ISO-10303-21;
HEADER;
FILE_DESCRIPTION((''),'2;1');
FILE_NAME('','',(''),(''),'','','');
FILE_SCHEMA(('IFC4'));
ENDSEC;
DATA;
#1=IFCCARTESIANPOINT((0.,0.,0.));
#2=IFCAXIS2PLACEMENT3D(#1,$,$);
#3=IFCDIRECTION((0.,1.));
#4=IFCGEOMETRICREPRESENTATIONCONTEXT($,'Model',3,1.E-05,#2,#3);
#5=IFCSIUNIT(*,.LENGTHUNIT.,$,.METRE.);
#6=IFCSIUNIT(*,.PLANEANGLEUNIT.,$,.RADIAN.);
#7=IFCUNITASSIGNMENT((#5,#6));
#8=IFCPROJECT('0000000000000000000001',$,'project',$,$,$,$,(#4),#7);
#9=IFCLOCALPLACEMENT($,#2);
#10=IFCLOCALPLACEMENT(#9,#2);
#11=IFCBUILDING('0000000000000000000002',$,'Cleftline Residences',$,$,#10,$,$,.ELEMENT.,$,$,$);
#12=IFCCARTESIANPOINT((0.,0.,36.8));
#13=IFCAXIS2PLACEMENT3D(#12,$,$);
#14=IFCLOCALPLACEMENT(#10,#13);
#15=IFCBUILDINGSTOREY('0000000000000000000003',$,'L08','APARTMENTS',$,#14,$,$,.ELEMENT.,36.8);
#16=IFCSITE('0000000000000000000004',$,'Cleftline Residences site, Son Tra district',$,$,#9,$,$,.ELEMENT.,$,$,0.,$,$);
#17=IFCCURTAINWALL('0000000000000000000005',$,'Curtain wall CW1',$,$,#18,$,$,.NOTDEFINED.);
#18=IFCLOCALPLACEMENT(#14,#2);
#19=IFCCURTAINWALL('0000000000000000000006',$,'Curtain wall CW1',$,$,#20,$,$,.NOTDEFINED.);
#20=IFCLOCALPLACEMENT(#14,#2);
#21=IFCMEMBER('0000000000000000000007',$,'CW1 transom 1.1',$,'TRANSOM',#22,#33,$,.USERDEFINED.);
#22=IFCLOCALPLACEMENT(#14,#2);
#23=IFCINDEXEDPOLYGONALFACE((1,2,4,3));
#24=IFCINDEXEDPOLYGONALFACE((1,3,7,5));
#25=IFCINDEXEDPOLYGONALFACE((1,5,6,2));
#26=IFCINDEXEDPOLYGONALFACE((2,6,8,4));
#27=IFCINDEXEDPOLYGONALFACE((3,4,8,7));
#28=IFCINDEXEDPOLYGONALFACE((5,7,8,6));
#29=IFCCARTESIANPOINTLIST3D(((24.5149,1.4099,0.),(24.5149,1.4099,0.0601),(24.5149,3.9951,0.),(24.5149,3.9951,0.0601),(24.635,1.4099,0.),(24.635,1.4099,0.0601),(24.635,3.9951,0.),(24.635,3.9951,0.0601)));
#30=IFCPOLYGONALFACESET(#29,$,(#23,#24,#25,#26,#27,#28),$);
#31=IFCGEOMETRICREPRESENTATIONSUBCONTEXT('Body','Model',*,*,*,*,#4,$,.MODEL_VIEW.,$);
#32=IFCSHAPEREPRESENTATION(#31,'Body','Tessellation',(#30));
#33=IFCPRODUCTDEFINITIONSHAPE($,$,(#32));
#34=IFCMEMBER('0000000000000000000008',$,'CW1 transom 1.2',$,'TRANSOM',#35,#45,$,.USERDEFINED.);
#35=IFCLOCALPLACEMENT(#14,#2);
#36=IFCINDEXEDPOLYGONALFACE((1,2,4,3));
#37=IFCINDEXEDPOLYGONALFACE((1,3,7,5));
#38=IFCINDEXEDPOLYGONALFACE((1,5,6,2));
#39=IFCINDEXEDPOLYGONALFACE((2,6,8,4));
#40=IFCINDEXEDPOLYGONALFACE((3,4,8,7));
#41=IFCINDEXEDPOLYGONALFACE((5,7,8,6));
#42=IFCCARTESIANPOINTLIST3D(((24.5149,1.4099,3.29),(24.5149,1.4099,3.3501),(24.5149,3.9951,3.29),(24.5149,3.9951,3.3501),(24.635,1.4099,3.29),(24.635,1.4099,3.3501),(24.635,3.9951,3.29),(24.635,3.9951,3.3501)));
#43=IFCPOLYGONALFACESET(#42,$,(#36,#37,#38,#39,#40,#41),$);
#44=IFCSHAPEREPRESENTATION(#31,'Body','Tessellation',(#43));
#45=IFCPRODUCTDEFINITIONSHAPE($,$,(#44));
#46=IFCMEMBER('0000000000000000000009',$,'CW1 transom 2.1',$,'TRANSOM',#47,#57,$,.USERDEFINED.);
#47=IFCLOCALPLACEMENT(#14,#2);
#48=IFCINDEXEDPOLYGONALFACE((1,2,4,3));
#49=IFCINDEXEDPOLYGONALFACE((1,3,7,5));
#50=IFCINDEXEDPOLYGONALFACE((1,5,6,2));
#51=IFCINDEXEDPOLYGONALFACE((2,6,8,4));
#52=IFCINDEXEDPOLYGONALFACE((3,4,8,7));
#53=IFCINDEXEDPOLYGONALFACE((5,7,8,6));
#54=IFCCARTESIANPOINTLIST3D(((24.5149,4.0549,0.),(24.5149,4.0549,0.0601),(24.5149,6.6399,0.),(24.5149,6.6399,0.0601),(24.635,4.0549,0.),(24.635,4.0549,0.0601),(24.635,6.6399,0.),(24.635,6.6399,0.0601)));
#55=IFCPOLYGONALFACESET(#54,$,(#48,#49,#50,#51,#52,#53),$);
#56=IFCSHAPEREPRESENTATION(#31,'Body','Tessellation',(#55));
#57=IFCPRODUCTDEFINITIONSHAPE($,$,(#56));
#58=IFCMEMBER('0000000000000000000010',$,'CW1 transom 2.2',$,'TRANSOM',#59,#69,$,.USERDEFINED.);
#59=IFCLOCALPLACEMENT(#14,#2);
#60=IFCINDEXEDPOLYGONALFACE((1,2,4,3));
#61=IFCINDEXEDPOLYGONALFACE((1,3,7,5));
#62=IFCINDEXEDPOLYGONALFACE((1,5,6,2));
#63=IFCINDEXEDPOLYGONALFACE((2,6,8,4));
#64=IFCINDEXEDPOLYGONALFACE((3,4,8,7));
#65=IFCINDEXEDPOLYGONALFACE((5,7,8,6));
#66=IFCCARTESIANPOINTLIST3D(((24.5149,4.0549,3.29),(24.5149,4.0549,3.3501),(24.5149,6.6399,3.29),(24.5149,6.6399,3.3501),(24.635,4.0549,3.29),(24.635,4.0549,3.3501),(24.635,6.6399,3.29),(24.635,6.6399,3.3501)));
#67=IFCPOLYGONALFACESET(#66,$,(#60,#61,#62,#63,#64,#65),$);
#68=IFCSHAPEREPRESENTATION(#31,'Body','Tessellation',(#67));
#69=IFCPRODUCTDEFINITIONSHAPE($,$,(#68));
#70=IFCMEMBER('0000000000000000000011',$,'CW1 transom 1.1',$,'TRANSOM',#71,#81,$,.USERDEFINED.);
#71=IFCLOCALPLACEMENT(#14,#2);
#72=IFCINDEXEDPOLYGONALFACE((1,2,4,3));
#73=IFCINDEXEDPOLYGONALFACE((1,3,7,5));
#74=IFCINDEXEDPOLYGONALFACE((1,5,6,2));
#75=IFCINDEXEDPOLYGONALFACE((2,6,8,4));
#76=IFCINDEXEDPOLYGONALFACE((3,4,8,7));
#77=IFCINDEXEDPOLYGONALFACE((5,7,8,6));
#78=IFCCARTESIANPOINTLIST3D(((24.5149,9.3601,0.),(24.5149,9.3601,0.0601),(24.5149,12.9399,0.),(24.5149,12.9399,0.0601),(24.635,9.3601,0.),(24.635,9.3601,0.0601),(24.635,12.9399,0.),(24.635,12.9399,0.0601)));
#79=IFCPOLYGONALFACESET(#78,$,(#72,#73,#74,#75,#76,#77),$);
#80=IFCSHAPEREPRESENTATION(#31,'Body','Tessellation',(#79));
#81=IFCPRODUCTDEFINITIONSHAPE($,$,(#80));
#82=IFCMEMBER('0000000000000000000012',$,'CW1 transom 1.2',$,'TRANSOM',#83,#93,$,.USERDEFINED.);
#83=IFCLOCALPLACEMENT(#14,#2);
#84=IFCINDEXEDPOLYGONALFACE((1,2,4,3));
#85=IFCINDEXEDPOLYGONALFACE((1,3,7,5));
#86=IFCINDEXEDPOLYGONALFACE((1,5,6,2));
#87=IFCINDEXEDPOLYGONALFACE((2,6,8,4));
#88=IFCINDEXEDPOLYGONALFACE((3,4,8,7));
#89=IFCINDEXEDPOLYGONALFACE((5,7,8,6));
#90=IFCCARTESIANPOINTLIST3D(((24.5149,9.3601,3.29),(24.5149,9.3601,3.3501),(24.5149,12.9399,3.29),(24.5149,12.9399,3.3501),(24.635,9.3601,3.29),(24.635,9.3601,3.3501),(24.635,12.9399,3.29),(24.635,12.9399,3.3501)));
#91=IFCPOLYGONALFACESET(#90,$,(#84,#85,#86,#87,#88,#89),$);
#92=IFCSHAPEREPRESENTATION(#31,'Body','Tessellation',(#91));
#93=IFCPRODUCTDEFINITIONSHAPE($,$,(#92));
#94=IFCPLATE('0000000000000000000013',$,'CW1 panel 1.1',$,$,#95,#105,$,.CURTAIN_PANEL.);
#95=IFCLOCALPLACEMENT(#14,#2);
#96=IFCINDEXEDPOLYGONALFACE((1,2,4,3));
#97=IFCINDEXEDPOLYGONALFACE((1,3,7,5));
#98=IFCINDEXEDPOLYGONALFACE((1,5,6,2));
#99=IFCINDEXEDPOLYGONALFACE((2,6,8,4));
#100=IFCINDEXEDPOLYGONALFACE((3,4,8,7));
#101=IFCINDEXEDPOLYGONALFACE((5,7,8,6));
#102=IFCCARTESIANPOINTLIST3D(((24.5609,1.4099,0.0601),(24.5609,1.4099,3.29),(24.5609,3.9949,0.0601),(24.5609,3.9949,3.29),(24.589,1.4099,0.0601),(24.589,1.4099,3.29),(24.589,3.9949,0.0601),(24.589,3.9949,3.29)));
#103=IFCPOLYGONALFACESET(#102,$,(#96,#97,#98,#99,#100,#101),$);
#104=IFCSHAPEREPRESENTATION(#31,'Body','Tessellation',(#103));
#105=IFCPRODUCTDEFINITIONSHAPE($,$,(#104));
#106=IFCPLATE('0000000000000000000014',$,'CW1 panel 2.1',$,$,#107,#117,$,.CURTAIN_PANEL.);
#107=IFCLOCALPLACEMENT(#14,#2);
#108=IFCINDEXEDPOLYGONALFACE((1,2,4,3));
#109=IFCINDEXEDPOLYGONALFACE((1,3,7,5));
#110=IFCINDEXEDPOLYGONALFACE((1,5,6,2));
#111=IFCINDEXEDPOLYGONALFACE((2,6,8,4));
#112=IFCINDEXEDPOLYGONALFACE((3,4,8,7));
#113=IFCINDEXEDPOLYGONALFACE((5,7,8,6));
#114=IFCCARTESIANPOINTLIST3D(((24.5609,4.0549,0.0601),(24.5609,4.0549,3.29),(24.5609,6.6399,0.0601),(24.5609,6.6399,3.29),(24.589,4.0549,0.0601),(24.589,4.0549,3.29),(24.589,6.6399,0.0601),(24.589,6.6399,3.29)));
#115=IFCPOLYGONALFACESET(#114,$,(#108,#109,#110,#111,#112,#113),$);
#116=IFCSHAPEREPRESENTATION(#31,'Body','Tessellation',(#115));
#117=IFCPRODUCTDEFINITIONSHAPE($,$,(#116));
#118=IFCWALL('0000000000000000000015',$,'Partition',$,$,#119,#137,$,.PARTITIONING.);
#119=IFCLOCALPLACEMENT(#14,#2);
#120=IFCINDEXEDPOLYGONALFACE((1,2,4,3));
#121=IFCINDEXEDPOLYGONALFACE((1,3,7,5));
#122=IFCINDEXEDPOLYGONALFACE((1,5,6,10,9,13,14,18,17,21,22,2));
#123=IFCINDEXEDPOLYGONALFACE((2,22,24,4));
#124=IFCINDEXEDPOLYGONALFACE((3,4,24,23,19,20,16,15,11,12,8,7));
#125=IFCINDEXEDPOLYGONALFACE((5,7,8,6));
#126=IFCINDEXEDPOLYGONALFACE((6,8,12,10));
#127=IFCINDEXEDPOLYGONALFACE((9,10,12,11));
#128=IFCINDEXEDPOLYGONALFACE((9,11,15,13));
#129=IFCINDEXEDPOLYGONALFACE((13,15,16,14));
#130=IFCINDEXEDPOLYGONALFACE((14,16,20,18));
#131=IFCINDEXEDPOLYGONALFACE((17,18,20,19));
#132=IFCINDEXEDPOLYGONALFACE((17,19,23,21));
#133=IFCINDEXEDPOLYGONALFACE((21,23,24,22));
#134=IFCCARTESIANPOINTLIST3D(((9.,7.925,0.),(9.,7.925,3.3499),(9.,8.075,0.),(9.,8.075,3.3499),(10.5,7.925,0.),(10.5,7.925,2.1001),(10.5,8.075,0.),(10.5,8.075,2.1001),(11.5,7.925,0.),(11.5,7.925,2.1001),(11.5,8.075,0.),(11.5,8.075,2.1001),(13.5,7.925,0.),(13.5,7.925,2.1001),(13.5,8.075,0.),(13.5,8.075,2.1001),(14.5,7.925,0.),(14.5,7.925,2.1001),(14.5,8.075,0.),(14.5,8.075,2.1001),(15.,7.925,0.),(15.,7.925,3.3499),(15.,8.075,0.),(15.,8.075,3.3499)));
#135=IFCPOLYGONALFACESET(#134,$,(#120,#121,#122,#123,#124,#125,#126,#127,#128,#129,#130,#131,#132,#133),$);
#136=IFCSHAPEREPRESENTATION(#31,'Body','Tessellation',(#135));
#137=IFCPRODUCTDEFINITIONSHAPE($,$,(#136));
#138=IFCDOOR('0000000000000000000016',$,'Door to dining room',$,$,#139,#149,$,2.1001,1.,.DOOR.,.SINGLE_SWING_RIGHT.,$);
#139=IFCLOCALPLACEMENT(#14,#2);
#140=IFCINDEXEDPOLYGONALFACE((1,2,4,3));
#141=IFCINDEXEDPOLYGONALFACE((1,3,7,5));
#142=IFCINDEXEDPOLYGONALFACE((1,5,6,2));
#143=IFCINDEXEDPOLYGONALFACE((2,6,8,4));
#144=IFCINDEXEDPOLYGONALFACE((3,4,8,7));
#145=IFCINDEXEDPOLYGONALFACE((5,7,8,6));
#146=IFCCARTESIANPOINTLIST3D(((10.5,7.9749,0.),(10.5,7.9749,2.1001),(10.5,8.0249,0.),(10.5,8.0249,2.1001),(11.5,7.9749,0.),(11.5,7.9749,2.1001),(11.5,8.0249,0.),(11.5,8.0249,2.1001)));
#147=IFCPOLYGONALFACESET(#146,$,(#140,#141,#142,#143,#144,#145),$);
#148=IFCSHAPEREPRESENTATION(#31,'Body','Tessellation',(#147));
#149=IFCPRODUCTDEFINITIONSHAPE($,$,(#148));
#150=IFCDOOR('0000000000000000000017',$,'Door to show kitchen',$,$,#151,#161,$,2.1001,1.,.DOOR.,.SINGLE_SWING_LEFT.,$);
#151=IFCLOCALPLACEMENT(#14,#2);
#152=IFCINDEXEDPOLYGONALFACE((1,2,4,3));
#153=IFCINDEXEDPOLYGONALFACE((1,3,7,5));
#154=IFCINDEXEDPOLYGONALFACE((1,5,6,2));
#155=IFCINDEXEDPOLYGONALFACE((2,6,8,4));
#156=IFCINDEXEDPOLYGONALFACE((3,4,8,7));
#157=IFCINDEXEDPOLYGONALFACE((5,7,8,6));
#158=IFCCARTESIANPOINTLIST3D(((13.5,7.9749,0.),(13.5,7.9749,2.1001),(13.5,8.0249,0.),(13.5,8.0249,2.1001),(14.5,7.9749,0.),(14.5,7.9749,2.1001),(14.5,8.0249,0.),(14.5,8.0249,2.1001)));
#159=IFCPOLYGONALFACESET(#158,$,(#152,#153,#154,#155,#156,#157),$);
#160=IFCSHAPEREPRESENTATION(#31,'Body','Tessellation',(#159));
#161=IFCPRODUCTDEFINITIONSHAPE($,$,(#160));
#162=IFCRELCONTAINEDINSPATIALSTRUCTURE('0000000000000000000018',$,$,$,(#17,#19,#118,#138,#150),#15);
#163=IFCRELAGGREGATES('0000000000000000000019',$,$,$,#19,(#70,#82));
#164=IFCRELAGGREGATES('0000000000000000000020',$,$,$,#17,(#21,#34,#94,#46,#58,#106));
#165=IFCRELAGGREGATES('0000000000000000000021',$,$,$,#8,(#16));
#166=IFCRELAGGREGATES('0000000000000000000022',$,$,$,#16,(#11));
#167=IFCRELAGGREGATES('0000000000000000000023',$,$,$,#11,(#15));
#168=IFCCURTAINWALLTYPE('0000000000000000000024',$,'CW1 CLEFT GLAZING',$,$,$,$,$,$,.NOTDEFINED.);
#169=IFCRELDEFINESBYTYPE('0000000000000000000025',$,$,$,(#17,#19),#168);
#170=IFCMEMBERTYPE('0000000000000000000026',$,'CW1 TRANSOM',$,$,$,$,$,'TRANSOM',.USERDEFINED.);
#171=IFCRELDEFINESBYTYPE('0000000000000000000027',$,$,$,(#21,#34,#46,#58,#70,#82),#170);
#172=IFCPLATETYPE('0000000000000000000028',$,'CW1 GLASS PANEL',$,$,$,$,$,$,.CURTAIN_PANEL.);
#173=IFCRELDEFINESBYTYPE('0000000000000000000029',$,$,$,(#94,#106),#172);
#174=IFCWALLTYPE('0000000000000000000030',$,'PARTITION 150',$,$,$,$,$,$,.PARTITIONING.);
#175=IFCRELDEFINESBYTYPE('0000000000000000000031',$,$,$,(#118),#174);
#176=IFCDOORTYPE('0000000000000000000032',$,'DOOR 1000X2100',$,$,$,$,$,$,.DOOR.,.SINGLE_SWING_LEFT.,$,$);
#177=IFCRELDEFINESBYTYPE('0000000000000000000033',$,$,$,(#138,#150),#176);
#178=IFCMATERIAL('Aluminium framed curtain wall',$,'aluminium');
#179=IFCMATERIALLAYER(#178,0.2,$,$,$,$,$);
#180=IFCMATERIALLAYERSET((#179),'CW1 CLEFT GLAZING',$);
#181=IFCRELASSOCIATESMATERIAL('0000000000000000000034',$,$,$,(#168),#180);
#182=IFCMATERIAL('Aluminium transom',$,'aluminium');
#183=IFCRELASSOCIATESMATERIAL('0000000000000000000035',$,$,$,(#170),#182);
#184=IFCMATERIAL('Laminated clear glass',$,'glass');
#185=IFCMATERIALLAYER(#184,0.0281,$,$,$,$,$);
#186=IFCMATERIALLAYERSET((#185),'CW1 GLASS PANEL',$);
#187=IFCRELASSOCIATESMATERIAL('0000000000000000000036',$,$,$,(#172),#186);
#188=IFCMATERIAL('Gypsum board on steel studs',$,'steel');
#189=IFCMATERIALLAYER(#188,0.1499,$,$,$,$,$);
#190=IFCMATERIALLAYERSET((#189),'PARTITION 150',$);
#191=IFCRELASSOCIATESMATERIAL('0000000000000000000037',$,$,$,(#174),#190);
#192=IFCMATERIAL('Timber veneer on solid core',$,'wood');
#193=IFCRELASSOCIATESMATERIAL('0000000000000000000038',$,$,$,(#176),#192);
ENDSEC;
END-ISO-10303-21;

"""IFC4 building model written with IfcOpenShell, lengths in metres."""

from ifc_helpers import new_model, si_unit, direction, frame, frame_2d, origin, origin_2d, place, context, subcontext, project, spatial, rectangle, extrude, material, layer, layer_set, material_profile, profile_set, type_object, element, fill, aggregate, save


model = new_model("IFC4")

# Units and contexts
model_context = context("Model", 3, precision=1e-05, world=origin(), true_north=direction((0.0, 1.0)))
body_context = subcontext(model_context, "Body", "Model", "MODEL_VIEW")
ifc_project = project(units=[si_unit("LENGTHUNIT", "METRE"), si_unit("PLANEANGLEUNIT", "RADIAN")], contexts=[model_context])

# Site, building, storey
site_placement = place(None, origin())
site = spatial("IfcSite", under=ifc_project, at=site_placement, Name="Cleftline Residences site, Son Tra district", CompositionType="ELEMENT", RefElevation=0.0)
building_placement = place(site_placement, origin())
building = spatial("IfcBuilding", under=site, at=building_placement, Name="Cleftline Residences", CompositionType="ELEMENT")
storey_placement = place(building_placement, frame((0.0, 0.0, 36.8)))
storey = spatial("IfcBuildingStorey", under=building, at=storey_placement, Name="L08", Description="APARTMENTS", CompositionType="ELEMENT", Elevation=36.8)

# Curtain wall
ifc_material_1 = material(Name="Aluminium framed curtain wall", Category="aluminium")
ifc_layer_1 = layer(ifc_material_1, 0.2)
ifc_layer_set_1 = layer_set([ifc_layer_1], Name="CW1 CLEFT GLAZING")
curtain_wall_type = type_object("IfcCurtainWallType", Name="CW1 CLEFT GLAZING", PredefinedType="NOTDEFINED", material=ifc_layer_set_1)
curtain_wall_1_placement = place(storey_placement, origin())
curtain_wall_1 = element("IfcCurtainWall", 1, at=curtain_wall_1_placement, inside=storey, type_object=curtain_wall_type, Name="Curtain wall CW1", PredefinedType="NOTDEFINED")

# Curtain wall
curtain_wall_2_placement = place(storey_placement, origin())
curtain_wall_2 = element("IfcCurtainWall", 2, at=curtain_wall_2_placement, inside=storey, type_object=curtain_wall_type, Name="Curtain wall CW1", PredefinedType="NOTDEFINED")

# Members
ifc_material_2 = material(Name="Aluminium transom", Category="aluminium")
ifc_material_profile_1 = material_profile(ifc_material_2, rectangle(XDim=0.1201, YDim=0.0601, at=origin_2d()))
ifc_profile_set_1 = profile_set([ifc_material_profile_1], Name="Aluminium transom")
member_type_1 = type_object("IfcMemberType", Name="CW1 TRANSOM", ElementType="TRANSOM", PredefinedType="USERDEFINED", material=ifc_profile_set_1)
member_1_placement = place(storey_placement, frame((24.575, 1.4099, 0.03), z_axis=(0.0, 1.0, 0.0), x_axis=(-1.0, 0.0, 0.0)))
member_1 = element("IfcMember", 3, at=member_1_placement, type_object=member_type_1, Name="CW1 transom 1.1", ObjectType="TRANSOM", PredefinedType="USERDEFINED", context=body_context, shape_type="SweptSolid", body=[
    extrude(rectangle(XDim=0.1201, YDim=0.0601, at=origin_2d()), origin(), (0.0, 0.0, 1.0), 2.5852),
])
member_2_placement = place(storey_placement, frame((24.575, 1.4099, 3.3201), z_axis=(0.0, 1.0, 0.0), x_axis=(-1.0, 0.0, 0.0)))
member_2 = element("IfcMember", 4, at=member_2_placement, type_object=member_type_1, Name="CW1 transom 1.2", ObjectType="TRANSOM", PredefinedType="USERDEFINED", context=body_context, shape_type="SweptSolid", body=[
    extrude(rectangle(XDim=0.1201, YDim=0.0601, at=origin_2d()), origin(), (0.0, 0.0, 1.0), 2.5852),
])
member_3_placement = place(storey_placement, frame((24.575, 4.0549, 0.03), z_axis=(0.0, 1.0, 0.0), x_axis=(-1.0, 0.0, 0.0)))
member_3 = element("IfcMember", 5, at=member_3_placement, type_object=member_type_1, Name="CW1 transom 2.1", ObjectType="TRANSOM", PredefinedType="USERDEFINED", context=body_context, shape_type="SweptSolid", body=[
    extrude(rectangle(XDim=0.1201, YDim=0.0601, at=origin_2d()), origin(), (0.0, 0.0, 1.0), 2.585),
])
member_4_placement = place(storey_placement, frame((24.575, 4.0549, 3.3201), z_axis=(0.0, 1.0, 0.0), x_axis=(-1.0, 0.0, 0.0)))
member_4 = element("IfcMember", 6, at=member_4_placement, type_object=member_type_1, Name="CW1 transom 2.2", ObjectType="TRANSOM", PredefinedType="USERDEFINED", context=body_context, shape_type="SweptSolid", body=[
    extrude(rectangle(XDim=0.1201, YDim=0.0601, at=origin_2d()), origin(), (0.0, 0.0, 1.0), 2.585),
])
member_5_placement = place(storey_placement, frame((24.575, 9.3601, 0.03), z_axis=(0.0, 1.0, 0.0), x_axis=(-1.0, 0.0, 0.0)))
member_5 = element("IfcMember", 7, at=member_5_placement, type_object=member_type_1, Name="CW1 transom 1.1", ObjectType="TRANSOM", PredefinedType="USERDEFINED", context=body_context, shape_type="SweptSolid", body=[
    extrude(rectangle(XDim=0.1201, YDim=0.0601, at=origin_2d()), origin(), (0.0, 0.0, 1.0), 3.5798),
])
member_6_placement = place(storey_placement, frame((24.575, 9.3601, 3.3201), z_axis=(0.0, 1.0, 0.0), x_axis=(-1.0, 0.0, 0.0)))
member_6 = element("IfcMember", 8, at=member_6_placement, type_object=member_type_1, Name="CW1 transom 1.2", ObjectType="TRANSOM", PredefinedType="USERDEFINED", context=body_context, shape_type="SweptSolid", body=[
    extrude(rectangle(XDim=0.1201, YDim=0.0601, at=origin_2d()), origin(), (0.0, 0.0, 1.0), 3.5798),
])
aggregate(curtain_wall_2, [member_5, member_6])

# Plates
ifc_material_3 = material(Name="Laminated clear glass", Category="glass")
ifc_layer_2 = layer(ifc_material_3, 0.0281)
ifc_layer_set_2 = layer_set([ifc_layer_2], Name="CW1 GLASS PANEL")
plate_type = type_object("IfcPlateType", Name="CW1 GLASS PANEL", PredefinedType="CURTAIN_PANEL", material=ifc_layer_set_2)
plate_1_placement = place(storey_placement, frame((24.575, 2.7024, 0.0601), z_axis=(0.0, 0.0, 1.0), x_axis=(0.0, 1.0, 0.0)))
plate_1 = element("IfcPlate", 9, at=plate_1_placement, type_object=plate_type, Name="CW1 panel 1.1", PredefinedType="CURTAIN_PANEL", context=body_context, shape_type="SweptSolid", body=[
    extrude(rectangle(XDim=2.585, YDim=0.0281, at=origin_2d()), origin(), (0.0, 0.0, 1.0), 3.23),
])
plate_2_placement = place(storey_placement, frame((24.575, 5.3474, 0.0601), z_axis=(0.0, 0.0, 1.0), x_axis=(0.0, 1.0, 0.0)))
plate_2 = element("IfcPlate", 10, at=plate_2_placement, type_object=plate_type, Name="CW1 panel 2.1", PredefinedType="CURTAIN_PANEL", context=body_context, shape_type="SweptSolid", body=[
    extrude(rectangle(XDim=2.585, YDim=0.0281, at=origin_2d()), origin(), (0.0, 0.0, 1.0), 3.23),
])
aggregate(curtain_wall_1, [member_1, member_2, plate_1, member_3, member_4, plate_2])

# Wall, openings, doors
ifc_material_4 = material(Name="Gypsum board on steel studs", Category="steel")
ifc_layer_3 = layer(ifc_material_4, 0.1499)
ifc_layer_set_3 = layer_set([ifc_layer_3], Name="PARTITION 150")
wall_type = type_object("IfcWallType", Name="PARTITION 150", PredefinedType="PARTITIONING", material=ifc_layer_set_3)
wall_1_placement = place(storey_placement, frame((9.0, 8.0, 0.0), z_axis=(0.0, 0.0, 1.0), x_axis=(1.0, 0.0, 0.0)))
wall_1 = element("IfcWall", 11, at=wall_1_placement, inside=storey, type_object=wall_type, Name="Partition", PredefinedType="PARTITIONING", context=body_context, shape_type="SweptSolid", body=[
    extrude(rectangle(XDim=6.0, YDim=0.1499, at=frame_2d((3.0, 0.0))), origin(), (0.0, 0.0, 1.0), 3.3499),
])
opening_1_placement = place(wall_1_placement, frame((1.5, 0.0, 0.0)))
opening_1 = element("IfcOpeningElement", 12, at=opening_1_placement, cuts=wall_1, PredefinedType="OPENING", context=body_context, shape_type="SweptSolid", body=[
    extrude(rectangle(XDim=1.0, YDim=2.1001, at=frame_2d((0.5, 1.05))), frame((0.0, 0.085, 0.0), z_axis=(0.0, -1.0, 0.0), x_axis=(1.0, 0.0, 0.0)), (0.0, 0.0, 1.0), 0.1699),
])
opening_2_placement = place(wall_1_placement, frame((4.5, 0.0, 0.0)))
opening_2 = element("IfcOpeningElement", 13, at=opening_2_placement, cuts=wall_1, PredefinedType="OPENING", context=body_context, shape_type="SweptSolid", body=[
    extrude(rectangle(XDim=1.0, YDim=2.1001, at=frame_2d((0.5, 1.05))), frame((0.0, 0.085, 0.0), z_axis=(0.0, -1.0, 0.0), x_axis=(1.0, 0.0, 0.0)), (0.0, 0.0, 1.0), 0.1699),
])
ifc_material_5 = material(Name="Timber veneer on solid core", Category="wood")
door_type_1 = type_object("IfcDoorType", Name="DOOR 1000X2100", OperationType="SINGLE_SWING_LEFT", PredefinedType="DOOR", material=ifc_material_5)
door_1_placement = place(opening_1_placement, origin())
door_1 = element("IfcDoor", 14, at=door_1_placement, inside=storey, type_object=door_type_1, Name="Door to dining room", OperationType="SINGLE_SWING_RIGHT", OverallHeight=2.1001, OverallWidth=1.0, PredefinedType="DOOR", context=body_context, shape_type="SweptSolid", body=[
    extrude(rectangle(XDim=1.0, YDim=2.1001, at=frame_2d((0.5, 1.05))), frame((0.0, 0.0249, 0.0), z_axis=(0.0, -1.0, 0.0), x_axis=(1.0, 0.0, 0.0)), (0.0, 0.0, 1.0), 0.05),
])
fill(opening_1, door_1)
door_2_placement = place(opening_2_placement, origin())
door_2 = element("IfcDoor", 15, at=door_2_placement, inside=storey, type_object=door_type_1, Name="Door to show kitchen", OperationType="SINGLE_SWING_LEFT", OverallHeight=2.1001, OverallWidth=1.0, PredefinedType="DOOR", context=body_context, shape_type="SweptSolid", body=[
    extrude(rectangle(XDim=1.0, YDim=2.1001, at=frame_2d((0.5, 1.05))), frame((0.0, 0.0249, 0.0), z_axis=(0.0, -1.0, 0.0), x_axis=(1.0, 0.0, 0.0)), (0.0, 0.0, 1.0), 0.05),
])
fill(opening_2, door_2)

save(model, "model.ifc")
